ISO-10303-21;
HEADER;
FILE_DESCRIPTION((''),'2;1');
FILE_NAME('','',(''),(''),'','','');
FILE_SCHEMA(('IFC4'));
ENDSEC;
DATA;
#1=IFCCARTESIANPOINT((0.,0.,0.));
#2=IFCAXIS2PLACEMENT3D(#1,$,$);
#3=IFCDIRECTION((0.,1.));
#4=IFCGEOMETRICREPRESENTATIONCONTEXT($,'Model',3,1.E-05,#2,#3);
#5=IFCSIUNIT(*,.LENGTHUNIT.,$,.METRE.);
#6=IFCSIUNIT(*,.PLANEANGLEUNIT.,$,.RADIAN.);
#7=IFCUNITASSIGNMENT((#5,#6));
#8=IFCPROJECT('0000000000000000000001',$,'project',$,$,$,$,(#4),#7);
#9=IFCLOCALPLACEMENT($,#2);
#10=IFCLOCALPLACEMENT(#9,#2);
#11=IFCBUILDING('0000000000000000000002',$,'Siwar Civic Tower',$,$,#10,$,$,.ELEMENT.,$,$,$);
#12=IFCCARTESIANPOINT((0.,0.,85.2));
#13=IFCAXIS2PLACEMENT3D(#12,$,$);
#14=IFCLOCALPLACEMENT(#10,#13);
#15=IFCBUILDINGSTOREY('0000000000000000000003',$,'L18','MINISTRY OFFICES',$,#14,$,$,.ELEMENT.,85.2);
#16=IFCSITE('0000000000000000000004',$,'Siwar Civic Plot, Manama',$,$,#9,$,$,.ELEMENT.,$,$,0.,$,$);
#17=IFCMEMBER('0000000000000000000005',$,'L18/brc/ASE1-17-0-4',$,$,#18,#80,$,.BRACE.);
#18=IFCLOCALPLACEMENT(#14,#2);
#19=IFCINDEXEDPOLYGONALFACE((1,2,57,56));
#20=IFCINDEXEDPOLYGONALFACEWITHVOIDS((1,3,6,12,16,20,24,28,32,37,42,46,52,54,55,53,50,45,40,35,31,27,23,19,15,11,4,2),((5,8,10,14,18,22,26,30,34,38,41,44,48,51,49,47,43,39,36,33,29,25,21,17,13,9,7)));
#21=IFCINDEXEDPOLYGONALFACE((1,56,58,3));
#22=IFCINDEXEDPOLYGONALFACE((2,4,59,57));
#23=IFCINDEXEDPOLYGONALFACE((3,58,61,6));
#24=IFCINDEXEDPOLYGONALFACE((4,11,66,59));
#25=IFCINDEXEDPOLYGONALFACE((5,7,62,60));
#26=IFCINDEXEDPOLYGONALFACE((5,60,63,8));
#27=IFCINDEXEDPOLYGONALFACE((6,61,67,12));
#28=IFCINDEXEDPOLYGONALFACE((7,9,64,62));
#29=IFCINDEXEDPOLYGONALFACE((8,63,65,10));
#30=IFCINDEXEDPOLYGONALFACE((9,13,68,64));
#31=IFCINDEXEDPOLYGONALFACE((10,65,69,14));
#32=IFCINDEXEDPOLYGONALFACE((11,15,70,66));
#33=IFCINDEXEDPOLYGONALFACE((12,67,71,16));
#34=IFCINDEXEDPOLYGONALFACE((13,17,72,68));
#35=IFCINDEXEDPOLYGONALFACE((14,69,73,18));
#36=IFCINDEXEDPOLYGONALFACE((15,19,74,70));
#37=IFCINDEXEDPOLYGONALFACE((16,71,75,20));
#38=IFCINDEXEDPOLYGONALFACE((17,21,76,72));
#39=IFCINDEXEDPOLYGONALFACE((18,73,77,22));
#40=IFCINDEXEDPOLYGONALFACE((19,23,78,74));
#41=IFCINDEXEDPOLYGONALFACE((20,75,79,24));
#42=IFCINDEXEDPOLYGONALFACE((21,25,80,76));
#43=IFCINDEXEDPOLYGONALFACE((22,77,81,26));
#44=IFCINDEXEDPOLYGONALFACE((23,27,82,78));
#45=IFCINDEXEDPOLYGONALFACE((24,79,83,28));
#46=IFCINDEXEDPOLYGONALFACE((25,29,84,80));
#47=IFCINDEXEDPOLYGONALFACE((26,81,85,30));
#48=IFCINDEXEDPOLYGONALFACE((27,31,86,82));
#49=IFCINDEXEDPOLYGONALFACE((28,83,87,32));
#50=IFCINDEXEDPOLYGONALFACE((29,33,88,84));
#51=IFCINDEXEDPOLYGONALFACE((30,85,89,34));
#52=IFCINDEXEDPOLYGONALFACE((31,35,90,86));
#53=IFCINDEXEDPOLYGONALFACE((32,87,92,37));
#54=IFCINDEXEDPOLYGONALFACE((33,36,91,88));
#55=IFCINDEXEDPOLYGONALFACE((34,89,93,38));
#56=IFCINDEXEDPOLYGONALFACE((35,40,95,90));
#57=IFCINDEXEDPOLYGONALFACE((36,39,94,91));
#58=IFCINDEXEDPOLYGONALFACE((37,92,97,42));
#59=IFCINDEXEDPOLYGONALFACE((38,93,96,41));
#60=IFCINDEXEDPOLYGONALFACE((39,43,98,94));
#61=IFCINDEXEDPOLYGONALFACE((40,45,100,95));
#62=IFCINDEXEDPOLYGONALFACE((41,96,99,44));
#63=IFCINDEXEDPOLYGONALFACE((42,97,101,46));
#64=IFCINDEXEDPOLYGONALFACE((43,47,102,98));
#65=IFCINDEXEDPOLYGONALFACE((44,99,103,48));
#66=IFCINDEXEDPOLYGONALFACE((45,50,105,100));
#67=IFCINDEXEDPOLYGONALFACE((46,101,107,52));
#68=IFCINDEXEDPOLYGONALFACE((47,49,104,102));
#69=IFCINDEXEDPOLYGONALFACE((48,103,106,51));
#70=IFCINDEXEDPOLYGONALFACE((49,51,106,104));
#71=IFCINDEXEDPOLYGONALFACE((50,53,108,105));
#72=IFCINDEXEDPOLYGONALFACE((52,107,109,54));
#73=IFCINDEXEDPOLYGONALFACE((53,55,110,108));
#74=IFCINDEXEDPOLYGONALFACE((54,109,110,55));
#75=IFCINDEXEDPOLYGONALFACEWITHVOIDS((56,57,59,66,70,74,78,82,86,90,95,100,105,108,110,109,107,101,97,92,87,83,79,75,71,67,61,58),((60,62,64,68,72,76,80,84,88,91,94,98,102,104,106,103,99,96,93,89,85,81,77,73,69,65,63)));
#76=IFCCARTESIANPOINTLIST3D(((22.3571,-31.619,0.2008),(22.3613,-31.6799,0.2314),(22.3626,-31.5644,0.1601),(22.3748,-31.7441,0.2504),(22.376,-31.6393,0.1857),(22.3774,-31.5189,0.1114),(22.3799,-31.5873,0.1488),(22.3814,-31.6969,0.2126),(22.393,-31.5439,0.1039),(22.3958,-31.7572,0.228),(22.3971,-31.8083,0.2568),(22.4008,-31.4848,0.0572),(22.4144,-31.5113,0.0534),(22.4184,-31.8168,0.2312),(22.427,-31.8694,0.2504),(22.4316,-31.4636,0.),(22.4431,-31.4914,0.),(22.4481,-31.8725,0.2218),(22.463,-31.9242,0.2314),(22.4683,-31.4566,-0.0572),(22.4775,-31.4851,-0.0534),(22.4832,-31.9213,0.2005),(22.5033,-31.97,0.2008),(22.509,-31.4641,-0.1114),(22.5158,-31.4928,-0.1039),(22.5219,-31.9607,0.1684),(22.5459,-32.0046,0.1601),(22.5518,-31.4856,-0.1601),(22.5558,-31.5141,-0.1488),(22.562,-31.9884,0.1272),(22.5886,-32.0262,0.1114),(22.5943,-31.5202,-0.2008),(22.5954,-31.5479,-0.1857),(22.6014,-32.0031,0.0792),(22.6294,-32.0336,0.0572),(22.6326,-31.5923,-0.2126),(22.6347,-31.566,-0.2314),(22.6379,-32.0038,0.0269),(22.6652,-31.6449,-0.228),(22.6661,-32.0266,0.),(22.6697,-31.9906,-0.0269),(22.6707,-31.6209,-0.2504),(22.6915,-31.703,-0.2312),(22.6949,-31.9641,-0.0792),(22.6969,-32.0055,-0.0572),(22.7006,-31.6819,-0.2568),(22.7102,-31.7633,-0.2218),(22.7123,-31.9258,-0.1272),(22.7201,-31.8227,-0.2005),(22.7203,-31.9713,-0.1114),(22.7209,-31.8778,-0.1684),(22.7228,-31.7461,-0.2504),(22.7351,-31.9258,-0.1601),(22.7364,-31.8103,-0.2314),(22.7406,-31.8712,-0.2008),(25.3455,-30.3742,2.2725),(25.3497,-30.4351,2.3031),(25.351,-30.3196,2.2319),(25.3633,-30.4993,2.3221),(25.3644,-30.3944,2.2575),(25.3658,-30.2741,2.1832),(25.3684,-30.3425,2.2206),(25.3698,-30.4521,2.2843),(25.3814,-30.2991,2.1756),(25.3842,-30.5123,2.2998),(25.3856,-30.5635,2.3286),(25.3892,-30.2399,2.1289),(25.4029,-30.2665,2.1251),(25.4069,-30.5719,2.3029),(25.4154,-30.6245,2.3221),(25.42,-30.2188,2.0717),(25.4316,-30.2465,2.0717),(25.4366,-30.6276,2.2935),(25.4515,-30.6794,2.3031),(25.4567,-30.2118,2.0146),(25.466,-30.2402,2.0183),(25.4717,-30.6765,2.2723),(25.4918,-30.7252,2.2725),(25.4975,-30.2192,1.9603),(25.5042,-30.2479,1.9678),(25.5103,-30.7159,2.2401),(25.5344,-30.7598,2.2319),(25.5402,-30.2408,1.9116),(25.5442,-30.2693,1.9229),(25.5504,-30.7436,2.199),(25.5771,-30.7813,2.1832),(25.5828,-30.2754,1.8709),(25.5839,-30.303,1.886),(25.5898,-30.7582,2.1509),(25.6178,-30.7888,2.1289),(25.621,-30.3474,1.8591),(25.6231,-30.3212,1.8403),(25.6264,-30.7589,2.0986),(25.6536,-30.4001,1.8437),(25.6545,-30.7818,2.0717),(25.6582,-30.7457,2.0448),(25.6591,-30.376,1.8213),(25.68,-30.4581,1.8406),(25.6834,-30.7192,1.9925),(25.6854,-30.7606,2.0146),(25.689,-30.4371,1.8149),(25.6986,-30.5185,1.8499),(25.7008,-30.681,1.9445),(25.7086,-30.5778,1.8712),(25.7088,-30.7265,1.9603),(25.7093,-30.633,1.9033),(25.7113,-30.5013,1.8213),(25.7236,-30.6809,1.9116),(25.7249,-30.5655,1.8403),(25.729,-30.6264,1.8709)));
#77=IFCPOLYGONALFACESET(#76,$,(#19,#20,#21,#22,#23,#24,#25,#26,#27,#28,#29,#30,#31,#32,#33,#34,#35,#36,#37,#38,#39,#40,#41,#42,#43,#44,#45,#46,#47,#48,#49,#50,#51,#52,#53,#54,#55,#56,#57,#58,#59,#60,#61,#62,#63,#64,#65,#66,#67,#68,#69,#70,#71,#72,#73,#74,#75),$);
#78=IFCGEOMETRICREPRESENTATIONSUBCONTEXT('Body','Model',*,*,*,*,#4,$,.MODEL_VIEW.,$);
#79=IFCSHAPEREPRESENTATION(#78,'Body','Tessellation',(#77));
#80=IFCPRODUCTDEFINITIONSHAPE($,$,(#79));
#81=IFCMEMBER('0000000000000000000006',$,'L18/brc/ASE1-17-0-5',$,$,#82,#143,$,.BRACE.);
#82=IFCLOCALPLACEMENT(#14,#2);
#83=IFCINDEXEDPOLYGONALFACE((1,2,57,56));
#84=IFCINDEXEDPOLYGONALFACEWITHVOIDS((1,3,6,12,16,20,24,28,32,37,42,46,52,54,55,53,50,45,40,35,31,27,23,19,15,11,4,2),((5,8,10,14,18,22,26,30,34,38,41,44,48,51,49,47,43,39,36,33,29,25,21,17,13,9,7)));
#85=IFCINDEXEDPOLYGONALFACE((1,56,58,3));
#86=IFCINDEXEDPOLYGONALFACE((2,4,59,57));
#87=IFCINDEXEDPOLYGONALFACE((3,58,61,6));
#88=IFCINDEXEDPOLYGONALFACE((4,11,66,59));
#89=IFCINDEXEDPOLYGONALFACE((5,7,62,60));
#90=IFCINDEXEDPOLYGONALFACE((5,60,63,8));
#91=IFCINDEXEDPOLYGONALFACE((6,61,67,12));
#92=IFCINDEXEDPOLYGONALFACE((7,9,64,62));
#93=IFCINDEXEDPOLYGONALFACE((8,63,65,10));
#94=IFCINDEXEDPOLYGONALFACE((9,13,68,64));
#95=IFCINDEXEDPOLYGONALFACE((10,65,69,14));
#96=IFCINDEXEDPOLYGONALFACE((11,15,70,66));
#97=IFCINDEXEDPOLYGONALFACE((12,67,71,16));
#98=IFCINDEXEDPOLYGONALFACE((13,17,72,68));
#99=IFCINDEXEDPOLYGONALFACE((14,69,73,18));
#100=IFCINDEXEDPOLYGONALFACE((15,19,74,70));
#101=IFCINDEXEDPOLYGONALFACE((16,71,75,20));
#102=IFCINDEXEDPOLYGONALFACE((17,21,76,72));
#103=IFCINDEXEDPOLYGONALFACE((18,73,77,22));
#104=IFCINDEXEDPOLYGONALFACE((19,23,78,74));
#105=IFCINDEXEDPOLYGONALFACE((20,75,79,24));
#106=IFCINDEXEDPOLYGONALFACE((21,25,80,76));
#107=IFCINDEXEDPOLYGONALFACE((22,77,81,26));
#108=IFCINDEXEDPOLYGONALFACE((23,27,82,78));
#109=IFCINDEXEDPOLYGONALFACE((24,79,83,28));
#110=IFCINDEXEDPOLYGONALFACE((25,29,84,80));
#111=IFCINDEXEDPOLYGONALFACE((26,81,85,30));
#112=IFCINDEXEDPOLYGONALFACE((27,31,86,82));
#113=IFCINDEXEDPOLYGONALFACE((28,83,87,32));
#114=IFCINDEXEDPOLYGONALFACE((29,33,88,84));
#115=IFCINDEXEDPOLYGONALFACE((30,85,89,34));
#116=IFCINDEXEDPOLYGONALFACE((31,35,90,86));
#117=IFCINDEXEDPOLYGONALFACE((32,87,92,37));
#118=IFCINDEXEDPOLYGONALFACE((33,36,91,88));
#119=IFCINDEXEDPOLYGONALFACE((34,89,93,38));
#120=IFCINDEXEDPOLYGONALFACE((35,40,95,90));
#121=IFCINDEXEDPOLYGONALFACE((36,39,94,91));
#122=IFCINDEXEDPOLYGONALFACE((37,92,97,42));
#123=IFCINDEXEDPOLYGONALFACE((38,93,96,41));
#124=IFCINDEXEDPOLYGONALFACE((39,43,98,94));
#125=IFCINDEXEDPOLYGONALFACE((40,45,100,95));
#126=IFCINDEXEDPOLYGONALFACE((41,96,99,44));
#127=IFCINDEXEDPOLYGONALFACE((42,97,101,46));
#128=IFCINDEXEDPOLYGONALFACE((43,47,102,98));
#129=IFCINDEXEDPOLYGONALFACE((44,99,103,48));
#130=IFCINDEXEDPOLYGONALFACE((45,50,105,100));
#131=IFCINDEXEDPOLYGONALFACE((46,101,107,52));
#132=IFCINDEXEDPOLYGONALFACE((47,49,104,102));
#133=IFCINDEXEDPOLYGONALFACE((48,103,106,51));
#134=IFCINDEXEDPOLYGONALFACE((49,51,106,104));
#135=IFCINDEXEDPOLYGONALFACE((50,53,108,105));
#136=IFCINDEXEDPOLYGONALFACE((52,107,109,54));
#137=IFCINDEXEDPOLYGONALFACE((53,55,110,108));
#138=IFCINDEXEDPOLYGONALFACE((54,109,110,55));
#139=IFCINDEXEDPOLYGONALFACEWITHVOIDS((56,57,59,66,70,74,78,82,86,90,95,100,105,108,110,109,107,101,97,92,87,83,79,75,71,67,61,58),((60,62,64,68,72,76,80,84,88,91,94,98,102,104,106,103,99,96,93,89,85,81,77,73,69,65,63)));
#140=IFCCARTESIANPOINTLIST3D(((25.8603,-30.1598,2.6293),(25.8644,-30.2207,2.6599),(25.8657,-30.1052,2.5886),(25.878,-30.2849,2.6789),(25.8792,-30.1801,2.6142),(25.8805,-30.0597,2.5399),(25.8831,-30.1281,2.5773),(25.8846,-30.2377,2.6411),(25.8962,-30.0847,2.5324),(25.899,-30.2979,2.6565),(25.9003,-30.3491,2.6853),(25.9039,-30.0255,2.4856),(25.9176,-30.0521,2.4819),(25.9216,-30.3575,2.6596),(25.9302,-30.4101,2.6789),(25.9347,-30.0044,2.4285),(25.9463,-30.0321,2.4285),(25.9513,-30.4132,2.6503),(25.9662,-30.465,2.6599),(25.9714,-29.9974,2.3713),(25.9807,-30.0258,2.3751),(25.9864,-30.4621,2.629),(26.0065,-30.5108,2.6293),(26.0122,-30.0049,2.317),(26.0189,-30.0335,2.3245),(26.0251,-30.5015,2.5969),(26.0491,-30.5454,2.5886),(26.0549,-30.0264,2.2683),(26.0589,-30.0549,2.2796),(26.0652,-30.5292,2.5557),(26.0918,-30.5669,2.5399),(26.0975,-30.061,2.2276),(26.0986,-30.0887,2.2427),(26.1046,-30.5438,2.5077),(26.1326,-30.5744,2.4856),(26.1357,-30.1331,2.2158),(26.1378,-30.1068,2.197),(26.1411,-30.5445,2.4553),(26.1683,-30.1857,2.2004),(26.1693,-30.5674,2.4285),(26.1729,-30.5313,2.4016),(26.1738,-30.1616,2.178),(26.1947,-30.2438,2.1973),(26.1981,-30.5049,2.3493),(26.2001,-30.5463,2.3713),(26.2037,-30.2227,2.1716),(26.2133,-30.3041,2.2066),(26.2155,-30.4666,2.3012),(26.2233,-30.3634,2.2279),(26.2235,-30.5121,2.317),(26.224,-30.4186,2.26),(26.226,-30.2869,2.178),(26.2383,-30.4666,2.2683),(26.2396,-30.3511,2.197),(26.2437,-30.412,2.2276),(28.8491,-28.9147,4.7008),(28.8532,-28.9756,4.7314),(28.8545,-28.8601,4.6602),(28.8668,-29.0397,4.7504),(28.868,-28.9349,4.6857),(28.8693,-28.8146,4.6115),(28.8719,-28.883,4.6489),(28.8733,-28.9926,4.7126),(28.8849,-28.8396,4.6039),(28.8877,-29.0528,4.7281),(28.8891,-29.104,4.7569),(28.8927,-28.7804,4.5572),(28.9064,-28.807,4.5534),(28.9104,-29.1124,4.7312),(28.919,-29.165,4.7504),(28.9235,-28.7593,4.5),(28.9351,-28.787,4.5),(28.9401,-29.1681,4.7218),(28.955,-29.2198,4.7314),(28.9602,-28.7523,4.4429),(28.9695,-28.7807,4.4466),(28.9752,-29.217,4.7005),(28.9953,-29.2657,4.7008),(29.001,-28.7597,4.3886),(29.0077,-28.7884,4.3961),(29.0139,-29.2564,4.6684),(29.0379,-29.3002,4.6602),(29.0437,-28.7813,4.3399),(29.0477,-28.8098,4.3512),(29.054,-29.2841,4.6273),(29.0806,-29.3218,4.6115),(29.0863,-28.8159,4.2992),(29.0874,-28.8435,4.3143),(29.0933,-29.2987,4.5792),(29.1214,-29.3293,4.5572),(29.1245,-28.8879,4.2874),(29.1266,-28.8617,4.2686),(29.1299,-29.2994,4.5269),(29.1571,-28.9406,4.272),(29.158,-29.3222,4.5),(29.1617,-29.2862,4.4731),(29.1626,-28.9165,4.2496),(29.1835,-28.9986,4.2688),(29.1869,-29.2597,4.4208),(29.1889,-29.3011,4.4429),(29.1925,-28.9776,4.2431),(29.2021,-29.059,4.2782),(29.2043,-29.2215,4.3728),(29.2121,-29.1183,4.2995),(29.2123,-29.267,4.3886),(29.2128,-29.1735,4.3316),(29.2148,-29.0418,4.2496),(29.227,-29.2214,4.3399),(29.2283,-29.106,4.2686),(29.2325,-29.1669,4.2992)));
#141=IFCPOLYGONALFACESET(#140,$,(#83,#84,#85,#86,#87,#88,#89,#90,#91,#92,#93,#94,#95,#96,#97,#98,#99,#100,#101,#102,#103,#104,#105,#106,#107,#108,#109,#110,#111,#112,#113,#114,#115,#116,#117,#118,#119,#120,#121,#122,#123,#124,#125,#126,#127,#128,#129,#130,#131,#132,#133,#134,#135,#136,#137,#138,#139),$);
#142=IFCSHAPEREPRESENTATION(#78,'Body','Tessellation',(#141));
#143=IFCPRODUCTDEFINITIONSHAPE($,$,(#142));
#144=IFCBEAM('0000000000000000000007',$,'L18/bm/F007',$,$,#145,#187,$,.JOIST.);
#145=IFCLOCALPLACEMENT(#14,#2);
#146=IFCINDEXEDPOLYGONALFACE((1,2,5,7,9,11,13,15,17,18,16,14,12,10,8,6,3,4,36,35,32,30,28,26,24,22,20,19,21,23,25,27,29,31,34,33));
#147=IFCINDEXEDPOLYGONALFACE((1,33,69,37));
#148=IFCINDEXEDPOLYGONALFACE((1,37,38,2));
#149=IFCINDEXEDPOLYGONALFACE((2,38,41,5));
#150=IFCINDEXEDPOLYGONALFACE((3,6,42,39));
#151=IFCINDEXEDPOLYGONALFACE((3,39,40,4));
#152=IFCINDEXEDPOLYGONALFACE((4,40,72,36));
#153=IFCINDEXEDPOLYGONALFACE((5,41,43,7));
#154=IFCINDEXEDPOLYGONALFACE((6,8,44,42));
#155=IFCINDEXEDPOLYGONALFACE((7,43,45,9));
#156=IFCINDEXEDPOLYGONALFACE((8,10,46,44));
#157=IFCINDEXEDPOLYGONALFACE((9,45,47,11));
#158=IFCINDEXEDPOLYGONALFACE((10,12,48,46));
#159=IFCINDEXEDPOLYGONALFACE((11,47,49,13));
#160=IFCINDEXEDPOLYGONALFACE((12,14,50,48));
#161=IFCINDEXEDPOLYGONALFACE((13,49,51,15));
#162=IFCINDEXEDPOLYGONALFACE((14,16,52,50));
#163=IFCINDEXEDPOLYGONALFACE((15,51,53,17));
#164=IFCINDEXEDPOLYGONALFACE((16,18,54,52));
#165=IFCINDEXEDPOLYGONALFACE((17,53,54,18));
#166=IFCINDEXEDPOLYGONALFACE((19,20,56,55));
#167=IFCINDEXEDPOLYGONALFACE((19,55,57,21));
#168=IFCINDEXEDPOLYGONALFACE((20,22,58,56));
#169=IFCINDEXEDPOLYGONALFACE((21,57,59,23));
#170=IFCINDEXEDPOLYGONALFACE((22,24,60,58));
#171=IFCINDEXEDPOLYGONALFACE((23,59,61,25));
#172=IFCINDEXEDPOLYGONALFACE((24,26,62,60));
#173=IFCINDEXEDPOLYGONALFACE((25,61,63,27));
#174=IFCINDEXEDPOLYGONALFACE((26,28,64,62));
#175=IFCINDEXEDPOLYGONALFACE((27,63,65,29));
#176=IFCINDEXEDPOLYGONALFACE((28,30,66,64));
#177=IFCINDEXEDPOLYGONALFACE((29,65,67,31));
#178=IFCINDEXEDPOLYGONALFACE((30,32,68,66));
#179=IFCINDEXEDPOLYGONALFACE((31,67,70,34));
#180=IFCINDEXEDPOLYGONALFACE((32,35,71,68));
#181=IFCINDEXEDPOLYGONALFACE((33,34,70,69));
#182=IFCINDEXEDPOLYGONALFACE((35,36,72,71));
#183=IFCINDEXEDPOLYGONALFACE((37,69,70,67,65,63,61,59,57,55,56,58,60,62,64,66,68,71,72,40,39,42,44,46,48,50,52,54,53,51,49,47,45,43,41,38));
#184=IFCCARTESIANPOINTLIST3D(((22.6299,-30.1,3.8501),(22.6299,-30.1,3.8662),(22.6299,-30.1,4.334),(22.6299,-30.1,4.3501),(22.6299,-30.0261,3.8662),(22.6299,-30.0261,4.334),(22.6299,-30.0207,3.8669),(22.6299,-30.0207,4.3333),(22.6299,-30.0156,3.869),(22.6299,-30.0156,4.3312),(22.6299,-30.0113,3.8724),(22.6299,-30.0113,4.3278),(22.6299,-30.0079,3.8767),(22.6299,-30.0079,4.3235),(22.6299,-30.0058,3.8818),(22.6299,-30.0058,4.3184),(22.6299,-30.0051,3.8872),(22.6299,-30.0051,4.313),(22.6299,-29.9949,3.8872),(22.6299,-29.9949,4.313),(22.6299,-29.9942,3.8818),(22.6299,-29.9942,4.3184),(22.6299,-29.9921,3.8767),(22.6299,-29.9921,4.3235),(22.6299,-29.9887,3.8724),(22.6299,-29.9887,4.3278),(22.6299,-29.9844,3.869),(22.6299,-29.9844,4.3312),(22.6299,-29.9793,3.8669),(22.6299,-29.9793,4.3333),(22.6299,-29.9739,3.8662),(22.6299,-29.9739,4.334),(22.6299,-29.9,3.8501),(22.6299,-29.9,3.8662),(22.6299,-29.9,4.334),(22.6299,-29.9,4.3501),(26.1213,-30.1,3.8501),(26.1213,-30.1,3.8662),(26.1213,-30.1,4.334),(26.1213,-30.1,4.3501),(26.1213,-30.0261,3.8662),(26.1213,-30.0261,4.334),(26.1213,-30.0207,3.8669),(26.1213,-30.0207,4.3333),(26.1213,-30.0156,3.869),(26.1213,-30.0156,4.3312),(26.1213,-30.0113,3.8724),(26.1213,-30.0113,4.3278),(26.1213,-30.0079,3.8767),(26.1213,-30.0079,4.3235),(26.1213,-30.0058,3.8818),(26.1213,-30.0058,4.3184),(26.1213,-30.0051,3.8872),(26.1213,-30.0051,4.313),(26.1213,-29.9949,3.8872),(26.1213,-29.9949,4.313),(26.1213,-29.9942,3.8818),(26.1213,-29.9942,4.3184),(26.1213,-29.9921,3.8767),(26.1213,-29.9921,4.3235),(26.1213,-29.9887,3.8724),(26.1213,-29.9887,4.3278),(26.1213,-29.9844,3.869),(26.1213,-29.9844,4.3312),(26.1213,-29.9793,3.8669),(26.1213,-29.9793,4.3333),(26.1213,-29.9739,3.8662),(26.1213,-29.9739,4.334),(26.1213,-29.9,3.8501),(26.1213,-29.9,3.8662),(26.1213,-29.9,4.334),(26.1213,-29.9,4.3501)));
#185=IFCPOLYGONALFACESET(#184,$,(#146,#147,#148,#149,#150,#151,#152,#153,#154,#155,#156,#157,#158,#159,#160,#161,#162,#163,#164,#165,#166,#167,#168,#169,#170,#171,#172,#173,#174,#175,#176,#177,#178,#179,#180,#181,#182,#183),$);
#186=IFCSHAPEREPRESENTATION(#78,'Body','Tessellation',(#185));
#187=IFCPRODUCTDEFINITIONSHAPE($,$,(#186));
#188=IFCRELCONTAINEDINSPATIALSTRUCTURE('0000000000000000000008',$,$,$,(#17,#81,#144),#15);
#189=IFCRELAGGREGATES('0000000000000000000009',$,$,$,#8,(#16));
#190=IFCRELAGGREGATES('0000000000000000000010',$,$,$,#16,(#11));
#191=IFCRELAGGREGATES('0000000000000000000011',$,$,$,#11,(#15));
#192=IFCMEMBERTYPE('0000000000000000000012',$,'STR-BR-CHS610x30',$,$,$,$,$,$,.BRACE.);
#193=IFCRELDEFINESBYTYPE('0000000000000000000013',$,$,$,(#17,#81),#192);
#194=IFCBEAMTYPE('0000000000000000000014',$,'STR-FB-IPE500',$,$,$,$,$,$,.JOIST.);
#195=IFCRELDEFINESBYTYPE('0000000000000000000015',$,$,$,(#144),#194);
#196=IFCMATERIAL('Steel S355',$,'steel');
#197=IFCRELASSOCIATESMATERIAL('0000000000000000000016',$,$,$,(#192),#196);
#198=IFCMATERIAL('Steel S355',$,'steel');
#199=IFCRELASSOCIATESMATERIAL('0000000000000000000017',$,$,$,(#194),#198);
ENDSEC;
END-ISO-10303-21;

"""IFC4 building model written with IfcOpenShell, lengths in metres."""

from ifc_helpers import new_model, si_unit, direction, frame, origin, origin_2d, place, context, subcontext, project, spatial, hollow_circle, i_section, extrude, material, material_profile, profile_set, type_object, element, save


model = new_model("IFC4")

# Units and contexts
model_context = context("Model", 3, precision=1e-05, world=origin(), true_north=direction((0.0, 1.0)))
body_context = subcontext(model_context, "Body", "Model", "MODEL_VIEW")
ifc_project = project(units=[si_unit("LENGTHUNIT", "METRE"), si_unit("PLANEANGLEUNIT", "RADIAN")], contexts=[model_context])

# Site, building, storey
site_placement = place(None, origin())
site = spatial("IfcSite", under=ifc_project, at=site_placement, Name="Siwar Civic Plot, Manama", CompositionType="ELEMENT", RefElevation=0.0)
building_placement = place(site_placement, origin())
building = spatial("IfcBuilding", under=site, at=building_placement, Name="Siwar Civic Tower", CompositionType="ELEMENT")
storey_placement = place(building_placement, frame((0.0, 0.0, 85.2)))
storey = spatial("IfcBuildingStorey", under=building, at=storey_placement, Name="L18", Description="MINISTRY OFFICES", CompositionType="ELEMENT", Elevation=85.2)

# Members
ifc_material_1 = material(Name="Steel S355", Category="steel")
ifc_material_profile_1 = material_profile(ifc_material_1, hollow_circle(Radius=0.3049, WallThickness=0.03, at=origin_2d()), Name="CHS610x30")
ifc_profile_set_1 = profile_set([ifc_material_profile_1], Name="Steel S355")
member_type_1 = type_object("IfcMemberType", Name="STR-BR-CHS610x30", PredefinedType="BRACE", material=ifc_profile_set_1)
member_1_placement = place(storey_placement, frame((22.5488, -31.7451, 0.0), z_axis=(0.777533, 0.323882, 0.53902), x_axis=(-0.384524, 0.923115, 0.0)))
element("IfcMember", 1, at=member_1_placement, inside=storey, type_object=member_type_1, Name="L18/brc/ASE1-17-0-4", PredefinedType="BRACE", context=body_context, shape_type="SweptSolid", body=[
    extrude(hollow_circle(Radius=0.3049, WallThickness=0.03, at=origin_2d()), origin(), (0.0, 0.0, 1.0), 3.8435),
])
member_2_placement = place(storey_placement, frame((26.052, -30.2859, 2.4285), z_axis=(0.777569, 0.323934, 0.538937), x_axis=(-0.384562, 0.923099, 0.0)))
element("IfcMember", 2, at=member_2_placement, inside=storey, type_object=member_type_1, Name="L18/brc/ASE1-17-0-5", PredefinedType="BRACE", context=body_context, shape_type="SweptSolid", body=[
    extrude(hollow_circle(Radius=0.3049, WallThickness=0.03, at=origin_2d()), origin(), (0.0, 0.0, 1.0), 3.8438),
])

# Beam
ifc_material_2 = material(Name="Steel S355", Category="steel")
ifc_material_profile_2 = material_profile(ifc_material_2, i_section(OverallWidth=0.2, OverallDepth=0.5, WebThickness=0.0103, FlangeThickness=0.0161, FilletRadius=0.021, at=origin_2d()), Name="IPE500")
ifc_profile_set_2 = profile_set([ifc_material_profile_2], Name="Steel S355")
beam_type_1 = type_object("IfcBeamType", Name="STR-FB-IPE500", PredefinedType="JOIST", material=ifc_profile_set_2)
beam_1_placement = place(storey_placement, frame((22.6299, -30.0, 4.1001), z_axis=(1.0, 0.0, 0.0), x_axis=(0.0, 1.0, 0.0)))
element("IfcBeam", 3, at=beam_1_placement, inside=storey, type_object=beam_type_1, Name="L18/bm/F007", PredefinedType="JOIST", context=body_context, shape_type="SweptSolid", body=[
    extrude(i_section(OverallWidth=0.2, OverallDepth=0.5, WebThickness=0.0103, FlangeThickness=0.0161, FilletRadius=0.021, at=origin_2d()), origin(), (0.0, 0.0, 1.0), 3.4915),
])

save(model, "model.ifc")
